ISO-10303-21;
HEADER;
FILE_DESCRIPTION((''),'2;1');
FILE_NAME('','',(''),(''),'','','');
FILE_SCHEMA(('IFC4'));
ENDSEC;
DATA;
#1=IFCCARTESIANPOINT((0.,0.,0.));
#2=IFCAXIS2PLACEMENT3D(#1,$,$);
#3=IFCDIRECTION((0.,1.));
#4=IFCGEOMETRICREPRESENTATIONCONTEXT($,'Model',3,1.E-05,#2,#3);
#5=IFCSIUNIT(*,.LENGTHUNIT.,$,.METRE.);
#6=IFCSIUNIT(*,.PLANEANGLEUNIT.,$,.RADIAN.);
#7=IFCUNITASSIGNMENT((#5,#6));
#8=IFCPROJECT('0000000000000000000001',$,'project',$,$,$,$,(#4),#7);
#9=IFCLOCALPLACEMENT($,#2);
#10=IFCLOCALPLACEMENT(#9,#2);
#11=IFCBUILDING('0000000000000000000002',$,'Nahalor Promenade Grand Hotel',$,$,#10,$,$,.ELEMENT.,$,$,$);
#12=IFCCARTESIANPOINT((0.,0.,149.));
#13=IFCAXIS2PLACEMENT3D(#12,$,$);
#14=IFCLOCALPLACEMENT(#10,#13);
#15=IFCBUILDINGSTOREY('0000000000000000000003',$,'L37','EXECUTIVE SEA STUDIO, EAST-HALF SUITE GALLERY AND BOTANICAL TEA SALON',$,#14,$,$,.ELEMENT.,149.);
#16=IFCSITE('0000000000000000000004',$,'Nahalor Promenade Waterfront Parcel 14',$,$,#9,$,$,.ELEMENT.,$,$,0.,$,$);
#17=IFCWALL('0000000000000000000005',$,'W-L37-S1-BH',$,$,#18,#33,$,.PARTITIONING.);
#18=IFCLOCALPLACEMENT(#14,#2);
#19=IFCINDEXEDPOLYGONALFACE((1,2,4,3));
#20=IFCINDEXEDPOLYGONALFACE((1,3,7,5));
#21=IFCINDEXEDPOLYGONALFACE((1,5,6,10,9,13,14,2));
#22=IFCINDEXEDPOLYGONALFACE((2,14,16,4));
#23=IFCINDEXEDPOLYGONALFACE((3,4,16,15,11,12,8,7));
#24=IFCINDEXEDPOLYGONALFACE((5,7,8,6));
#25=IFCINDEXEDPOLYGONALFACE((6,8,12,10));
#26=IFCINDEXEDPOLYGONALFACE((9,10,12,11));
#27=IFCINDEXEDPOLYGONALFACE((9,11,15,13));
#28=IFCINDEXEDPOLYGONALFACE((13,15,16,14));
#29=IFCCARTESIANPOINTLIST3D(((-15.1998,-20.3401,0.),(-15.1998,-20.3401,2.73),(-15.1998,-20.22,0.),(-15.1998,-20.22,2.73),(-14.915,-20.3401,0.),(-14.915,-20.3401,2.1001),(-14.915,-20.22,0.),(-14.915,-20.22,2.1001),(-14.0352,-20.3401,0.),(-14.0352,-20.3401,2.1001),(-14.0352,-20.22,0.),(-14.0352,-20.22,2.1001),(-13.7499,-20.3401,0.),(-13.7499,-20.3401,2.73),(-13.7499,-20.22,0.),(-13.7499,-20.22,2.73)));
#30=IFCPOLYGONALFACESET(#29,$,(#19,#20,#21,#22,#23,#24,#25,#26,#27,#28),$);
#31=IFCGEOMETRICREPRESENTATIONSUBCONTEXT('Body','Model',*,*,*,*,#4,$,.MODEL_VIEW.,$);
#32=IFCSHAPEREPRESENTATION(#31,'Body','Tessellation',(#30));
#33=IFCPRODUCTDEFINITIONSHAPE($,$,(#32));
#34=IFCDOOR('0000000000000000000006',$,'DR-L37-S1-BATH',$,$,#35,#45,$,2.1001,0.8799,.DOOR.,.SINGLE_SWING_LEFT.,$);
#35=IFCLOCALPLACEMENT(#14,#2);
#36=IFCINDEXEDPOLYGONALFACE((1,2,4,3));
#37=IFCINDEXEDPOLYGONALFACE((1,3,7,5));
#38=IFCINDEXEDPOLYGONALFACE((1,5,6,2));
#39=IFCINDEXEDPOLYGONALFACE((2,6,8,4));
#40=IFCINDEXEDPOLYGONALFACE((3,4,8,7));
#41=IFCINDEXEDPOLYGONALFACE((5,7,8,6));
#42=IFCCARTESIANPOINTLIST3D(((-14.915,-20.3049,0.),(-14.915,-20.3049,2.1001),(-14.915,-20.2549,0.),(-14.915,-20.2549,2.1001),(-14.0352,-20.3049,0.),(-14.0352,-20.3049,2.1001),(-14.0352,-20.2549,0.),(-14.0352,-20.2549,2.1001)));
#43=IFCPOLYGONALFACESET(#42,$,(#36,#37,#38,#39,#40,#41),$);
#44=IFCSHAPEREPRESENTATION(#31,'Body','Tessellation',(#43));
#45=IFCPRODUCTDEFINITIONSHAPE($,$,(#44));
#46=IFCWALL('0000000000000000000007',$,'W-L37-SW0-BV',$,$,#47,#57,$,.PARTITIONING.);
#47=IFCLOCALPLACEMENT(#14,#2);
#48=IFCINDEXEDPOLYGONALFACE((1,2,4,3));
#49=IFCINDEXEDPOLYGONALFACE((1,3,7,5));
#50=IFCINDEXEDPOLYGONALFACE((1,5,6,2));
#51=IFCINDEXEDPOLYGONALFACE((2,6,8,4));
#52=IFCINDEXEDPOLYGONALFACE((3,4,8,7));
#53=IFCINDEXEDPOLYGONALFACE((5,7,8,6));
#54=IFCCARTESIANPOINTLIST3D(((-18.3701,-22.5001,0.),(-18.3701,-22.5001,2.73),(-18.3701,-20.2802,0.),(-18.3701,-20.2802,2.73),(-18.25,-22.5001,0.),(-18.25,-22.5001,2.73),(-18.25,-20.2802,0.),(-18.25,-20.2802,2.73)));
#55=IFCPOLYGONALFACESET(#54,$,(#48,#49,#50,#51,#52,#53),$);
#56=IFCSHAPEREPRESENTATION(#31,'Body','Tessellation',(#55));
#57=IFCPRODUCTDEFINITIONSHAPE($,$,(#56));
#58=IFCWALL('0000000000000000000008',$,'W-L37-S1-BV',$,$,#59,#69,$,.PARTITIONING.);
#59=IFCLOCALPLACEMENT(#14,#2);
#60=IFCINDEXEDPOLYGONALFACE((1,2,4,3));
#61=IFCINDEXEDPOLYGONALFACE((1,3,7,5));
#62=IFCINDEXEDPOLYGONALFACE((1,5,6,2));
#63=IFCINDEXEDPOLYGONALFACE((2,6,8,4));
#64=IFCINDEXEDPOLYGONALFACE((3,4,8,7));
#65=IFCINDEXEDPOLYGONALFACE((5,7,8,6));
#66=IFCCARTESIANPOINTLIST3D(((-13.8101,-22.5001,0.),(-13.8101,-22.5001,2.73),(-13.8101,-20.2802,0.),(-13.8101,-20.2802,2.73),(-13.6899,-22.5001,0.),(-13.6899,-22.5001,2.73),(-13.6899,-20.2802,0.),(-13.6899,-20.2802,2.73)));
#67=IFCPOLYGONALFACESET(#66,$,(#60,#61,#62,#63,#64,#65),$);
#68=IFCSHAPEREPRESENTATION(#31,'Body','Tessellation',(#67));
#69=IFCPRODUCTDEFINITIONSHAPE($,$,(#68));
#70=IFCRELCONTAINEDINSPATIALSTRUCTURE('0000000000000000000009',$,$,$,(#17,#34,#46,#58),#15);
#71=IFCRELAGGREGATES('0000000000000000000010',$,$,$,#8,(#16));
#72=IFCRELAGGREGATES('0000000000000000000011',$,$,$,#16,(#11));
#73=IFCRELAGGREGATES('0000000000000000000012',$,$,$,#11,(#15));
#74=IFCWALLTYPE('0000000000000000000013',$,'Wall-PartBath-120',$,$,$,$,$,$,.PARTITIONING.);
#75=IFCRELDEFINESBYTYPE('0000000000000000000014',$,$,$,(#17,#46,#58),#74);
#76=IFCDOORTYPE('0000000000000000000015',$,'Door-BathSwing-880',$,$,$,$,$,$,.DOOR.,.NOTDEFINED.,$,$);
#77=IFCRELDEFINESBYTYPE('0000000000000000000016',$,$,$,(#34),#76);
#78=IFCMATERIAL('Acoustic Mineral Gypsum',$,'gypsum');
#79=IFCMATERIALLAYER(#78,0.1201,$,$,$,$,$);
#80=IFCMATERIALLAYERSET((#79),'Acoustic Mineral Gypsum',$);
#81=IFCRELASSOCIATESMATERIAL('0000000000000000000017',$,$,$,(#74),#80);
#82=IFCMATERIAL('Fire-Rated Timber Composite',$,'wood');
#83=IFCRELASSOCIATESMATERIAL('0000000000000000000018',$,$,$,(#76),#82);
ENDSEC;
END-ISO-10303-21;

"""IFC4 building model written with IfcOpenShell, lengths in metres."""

from ifc_helpers import new_model, si_unit, direction, frame, frame_2d, origin, place, context, subcontext, project, spatial, rectangle, extrude, source, transform, mapped, material, layer, layer_set, type_object, element, fill, save


model = new_model("IFC4")

# Units and contexts
model_context = context("Model", 3, precision=1e-05, world=origin(), true_north=direction((0.0, 1.0)))
body_context = subcontext(model_context, "Body", "Model", "MODEL_VIEW")
ifc_project = project(units=[si_unit("LENGTHUNIT", "METRE"), si_unit("PLANEANGLEUNIT", "RADIAN")], contexts=[model_context])

# Site, building, storey
site_placement = place(None, origin())
site = spatial("IfcSite", under=ifc_project, at=site_placement, Name="Nahalor Promenade Waterfront Parcel 14", CompositionType="ELEMENT", RefElevation=0.0)
building_placement = place(site_placement, origin())
building = spatial("IfcBuilding", under=site, at=building_placement, Name="Nahalor Promenade Grand Hotel", CompositionType="ELEMENT")
storey_placement = place(building_placement, frame((0.0, 0.0, 149.0)))
storey = spatial("IfcBuildingStorey", under=building, at=storey_placement, Name="L37", Description="EXECUTIVE SEA STUDIO, EAST-HALF SUITE GALLERY AND BOTANICAL TEA SALON", CompositionType="ELEMENT", Elevation=149.0)

# Shared definitions
ifc_material_1 = material(Name="Acoustic Mineral Gypsum", Category="gypsum")
ifc_material_2 = material(Name="Fire-Rated Timber Composite", Category="wood")

# Wall, opening, door
ifc_layer_1 = layer(ifc_material_1, 0.1201)
ifc_layer_set_1 = layer_set([ifc_layer_1], Name="Acoustic Mineral Gypsum")
wall_type_1 = type_object("IfcWallType", Name="Wall-PartBath-120", PredefinedType="PARTITIONING", material=ifc_layer_set_1)
shared_shape_1 = source(origin(), body_context, "Body", "SweptSolid", [
    extrude(rectangle(XDim=1.45, YDim=0.1201, at=frame_2d((0.7251, 0.0))), origin(), (0.0, 0.0, 1.0), 2.73),
])
door_type_1 = type_object("IfcDoorType", Name="Door-BathSwing-880", OperationType="NOTDEFINED", PredefinedType="DOOR", material=ifc_material_2)
shared_shape_2 = source(origin(), body_context, "Body", "SweptSolid", [
    extrude(rectangle(XDim=0.8799, YDim=2.1001, at=frame_2d((0.4399, 1.05))), frame((0.0, 0.0249, 0.0), z_axis=(0.0, -1.0, 0.0), x_axis=(1.0, 0.0, 0.0)), (0.0, 0.0, 1.0), 0.05),
])
wall_1_placement = place(storey_placement, frame((-15.2, -20.28, 0.0), z_axis=(0.0, 0.0, 1.0), x_axis=(1.0, 0.0, 0.0)))
wall_1 = element("IfcWall", 1, at=wall_1_placement, inside=storey, type_object=wall_type_1, Name="W-L37-S1-BH", PredefinedType="PARTITIONING", context=body_context, shape_type="MappedRepresentation", body=[
    mapped(shared_shape_1, transform((0.0, 0.0, 0.0), scale=1.0)),
])
opening_1_placement = place(wall_1_placement, frame((0.2849, 0.0, 0.0)))
opening_1 = element("IfcOpeningElement", 2, at=opening_1_placement, cuts=wall_1, PredefinedType="OPENING", context=body_context, shape_type="SweptSolid", body=[
    extrude(rectangle(XDim=0.8799, YDim=2.1001, at=frame_2d((0.4399, 1.05))), frame((0.0, 0.0701, 0.0), z_axis=(0.0, -1.0, 0.0), x_axis=(1.0, 0.0, 0.0)), (0.0, 0.0, 1.0), 0.1401),
])
door_1_placement = place(opening_1_placement, frame((0.8799, 0.0, 0.0), z_axis=(0.0, 0.0, 1.0), x_axis=(-1.0, 0.0, 0.0)))
door_1 = element("IfcDoor", 3, at=door_1_placement, inside=storey, type_object=door_type_1, Name="DR-L37-S1-BATH", OperationType="SINGLE_SWING_LEFT", OverallHeight=2.1001, OverallWidth=0.8799, PredefinedType="DOOR", context=body_context, shape_type="MappedRepresentation", body=[
    mapped(shared_shape_2, transform((0.0, 0.0, 0.0), scale=1.0)),
])
fill(opening_1, door_1)

# Walls
shared_shape_3 = source(origin(), body_context, "Body", "SweptSolid", [
    extrude(rectangle(XDim=2.22, YDim=0.1201, at=frame_2d((1.1099, 0.0))), origin(), (0.0, 0.0, 1.0), 2.73),
])
for number, where, z_axis, x_axis, name in (
    (4, (-18.3101, -22.5, 0.0), (0.0, 0.0, 1.0), (0.0, 1.0, 0.0), "W-L37-SW0-BV"),
    (5, (-13.75, -22.5, 0.0), (0.0, 0.0, 1.0), (0.0, 1.0, 0.0), "W-L37-S1-BV"),
):
    element("IfcWall", number, at=place(storey_placement, frame(where, z_axis=z_axis, x_axis=x_axis)), inside=storey, type_object=wall_type_1, Name=name, PredefinedType="PARTITIONING", context=body_context, shape_type="MappedRepresentation", body=[
        mapped(shared_shape_3, transform((0.0, 0.0, 0.0), scale=1.0)),
    ])

save(model, "model.ifc")
